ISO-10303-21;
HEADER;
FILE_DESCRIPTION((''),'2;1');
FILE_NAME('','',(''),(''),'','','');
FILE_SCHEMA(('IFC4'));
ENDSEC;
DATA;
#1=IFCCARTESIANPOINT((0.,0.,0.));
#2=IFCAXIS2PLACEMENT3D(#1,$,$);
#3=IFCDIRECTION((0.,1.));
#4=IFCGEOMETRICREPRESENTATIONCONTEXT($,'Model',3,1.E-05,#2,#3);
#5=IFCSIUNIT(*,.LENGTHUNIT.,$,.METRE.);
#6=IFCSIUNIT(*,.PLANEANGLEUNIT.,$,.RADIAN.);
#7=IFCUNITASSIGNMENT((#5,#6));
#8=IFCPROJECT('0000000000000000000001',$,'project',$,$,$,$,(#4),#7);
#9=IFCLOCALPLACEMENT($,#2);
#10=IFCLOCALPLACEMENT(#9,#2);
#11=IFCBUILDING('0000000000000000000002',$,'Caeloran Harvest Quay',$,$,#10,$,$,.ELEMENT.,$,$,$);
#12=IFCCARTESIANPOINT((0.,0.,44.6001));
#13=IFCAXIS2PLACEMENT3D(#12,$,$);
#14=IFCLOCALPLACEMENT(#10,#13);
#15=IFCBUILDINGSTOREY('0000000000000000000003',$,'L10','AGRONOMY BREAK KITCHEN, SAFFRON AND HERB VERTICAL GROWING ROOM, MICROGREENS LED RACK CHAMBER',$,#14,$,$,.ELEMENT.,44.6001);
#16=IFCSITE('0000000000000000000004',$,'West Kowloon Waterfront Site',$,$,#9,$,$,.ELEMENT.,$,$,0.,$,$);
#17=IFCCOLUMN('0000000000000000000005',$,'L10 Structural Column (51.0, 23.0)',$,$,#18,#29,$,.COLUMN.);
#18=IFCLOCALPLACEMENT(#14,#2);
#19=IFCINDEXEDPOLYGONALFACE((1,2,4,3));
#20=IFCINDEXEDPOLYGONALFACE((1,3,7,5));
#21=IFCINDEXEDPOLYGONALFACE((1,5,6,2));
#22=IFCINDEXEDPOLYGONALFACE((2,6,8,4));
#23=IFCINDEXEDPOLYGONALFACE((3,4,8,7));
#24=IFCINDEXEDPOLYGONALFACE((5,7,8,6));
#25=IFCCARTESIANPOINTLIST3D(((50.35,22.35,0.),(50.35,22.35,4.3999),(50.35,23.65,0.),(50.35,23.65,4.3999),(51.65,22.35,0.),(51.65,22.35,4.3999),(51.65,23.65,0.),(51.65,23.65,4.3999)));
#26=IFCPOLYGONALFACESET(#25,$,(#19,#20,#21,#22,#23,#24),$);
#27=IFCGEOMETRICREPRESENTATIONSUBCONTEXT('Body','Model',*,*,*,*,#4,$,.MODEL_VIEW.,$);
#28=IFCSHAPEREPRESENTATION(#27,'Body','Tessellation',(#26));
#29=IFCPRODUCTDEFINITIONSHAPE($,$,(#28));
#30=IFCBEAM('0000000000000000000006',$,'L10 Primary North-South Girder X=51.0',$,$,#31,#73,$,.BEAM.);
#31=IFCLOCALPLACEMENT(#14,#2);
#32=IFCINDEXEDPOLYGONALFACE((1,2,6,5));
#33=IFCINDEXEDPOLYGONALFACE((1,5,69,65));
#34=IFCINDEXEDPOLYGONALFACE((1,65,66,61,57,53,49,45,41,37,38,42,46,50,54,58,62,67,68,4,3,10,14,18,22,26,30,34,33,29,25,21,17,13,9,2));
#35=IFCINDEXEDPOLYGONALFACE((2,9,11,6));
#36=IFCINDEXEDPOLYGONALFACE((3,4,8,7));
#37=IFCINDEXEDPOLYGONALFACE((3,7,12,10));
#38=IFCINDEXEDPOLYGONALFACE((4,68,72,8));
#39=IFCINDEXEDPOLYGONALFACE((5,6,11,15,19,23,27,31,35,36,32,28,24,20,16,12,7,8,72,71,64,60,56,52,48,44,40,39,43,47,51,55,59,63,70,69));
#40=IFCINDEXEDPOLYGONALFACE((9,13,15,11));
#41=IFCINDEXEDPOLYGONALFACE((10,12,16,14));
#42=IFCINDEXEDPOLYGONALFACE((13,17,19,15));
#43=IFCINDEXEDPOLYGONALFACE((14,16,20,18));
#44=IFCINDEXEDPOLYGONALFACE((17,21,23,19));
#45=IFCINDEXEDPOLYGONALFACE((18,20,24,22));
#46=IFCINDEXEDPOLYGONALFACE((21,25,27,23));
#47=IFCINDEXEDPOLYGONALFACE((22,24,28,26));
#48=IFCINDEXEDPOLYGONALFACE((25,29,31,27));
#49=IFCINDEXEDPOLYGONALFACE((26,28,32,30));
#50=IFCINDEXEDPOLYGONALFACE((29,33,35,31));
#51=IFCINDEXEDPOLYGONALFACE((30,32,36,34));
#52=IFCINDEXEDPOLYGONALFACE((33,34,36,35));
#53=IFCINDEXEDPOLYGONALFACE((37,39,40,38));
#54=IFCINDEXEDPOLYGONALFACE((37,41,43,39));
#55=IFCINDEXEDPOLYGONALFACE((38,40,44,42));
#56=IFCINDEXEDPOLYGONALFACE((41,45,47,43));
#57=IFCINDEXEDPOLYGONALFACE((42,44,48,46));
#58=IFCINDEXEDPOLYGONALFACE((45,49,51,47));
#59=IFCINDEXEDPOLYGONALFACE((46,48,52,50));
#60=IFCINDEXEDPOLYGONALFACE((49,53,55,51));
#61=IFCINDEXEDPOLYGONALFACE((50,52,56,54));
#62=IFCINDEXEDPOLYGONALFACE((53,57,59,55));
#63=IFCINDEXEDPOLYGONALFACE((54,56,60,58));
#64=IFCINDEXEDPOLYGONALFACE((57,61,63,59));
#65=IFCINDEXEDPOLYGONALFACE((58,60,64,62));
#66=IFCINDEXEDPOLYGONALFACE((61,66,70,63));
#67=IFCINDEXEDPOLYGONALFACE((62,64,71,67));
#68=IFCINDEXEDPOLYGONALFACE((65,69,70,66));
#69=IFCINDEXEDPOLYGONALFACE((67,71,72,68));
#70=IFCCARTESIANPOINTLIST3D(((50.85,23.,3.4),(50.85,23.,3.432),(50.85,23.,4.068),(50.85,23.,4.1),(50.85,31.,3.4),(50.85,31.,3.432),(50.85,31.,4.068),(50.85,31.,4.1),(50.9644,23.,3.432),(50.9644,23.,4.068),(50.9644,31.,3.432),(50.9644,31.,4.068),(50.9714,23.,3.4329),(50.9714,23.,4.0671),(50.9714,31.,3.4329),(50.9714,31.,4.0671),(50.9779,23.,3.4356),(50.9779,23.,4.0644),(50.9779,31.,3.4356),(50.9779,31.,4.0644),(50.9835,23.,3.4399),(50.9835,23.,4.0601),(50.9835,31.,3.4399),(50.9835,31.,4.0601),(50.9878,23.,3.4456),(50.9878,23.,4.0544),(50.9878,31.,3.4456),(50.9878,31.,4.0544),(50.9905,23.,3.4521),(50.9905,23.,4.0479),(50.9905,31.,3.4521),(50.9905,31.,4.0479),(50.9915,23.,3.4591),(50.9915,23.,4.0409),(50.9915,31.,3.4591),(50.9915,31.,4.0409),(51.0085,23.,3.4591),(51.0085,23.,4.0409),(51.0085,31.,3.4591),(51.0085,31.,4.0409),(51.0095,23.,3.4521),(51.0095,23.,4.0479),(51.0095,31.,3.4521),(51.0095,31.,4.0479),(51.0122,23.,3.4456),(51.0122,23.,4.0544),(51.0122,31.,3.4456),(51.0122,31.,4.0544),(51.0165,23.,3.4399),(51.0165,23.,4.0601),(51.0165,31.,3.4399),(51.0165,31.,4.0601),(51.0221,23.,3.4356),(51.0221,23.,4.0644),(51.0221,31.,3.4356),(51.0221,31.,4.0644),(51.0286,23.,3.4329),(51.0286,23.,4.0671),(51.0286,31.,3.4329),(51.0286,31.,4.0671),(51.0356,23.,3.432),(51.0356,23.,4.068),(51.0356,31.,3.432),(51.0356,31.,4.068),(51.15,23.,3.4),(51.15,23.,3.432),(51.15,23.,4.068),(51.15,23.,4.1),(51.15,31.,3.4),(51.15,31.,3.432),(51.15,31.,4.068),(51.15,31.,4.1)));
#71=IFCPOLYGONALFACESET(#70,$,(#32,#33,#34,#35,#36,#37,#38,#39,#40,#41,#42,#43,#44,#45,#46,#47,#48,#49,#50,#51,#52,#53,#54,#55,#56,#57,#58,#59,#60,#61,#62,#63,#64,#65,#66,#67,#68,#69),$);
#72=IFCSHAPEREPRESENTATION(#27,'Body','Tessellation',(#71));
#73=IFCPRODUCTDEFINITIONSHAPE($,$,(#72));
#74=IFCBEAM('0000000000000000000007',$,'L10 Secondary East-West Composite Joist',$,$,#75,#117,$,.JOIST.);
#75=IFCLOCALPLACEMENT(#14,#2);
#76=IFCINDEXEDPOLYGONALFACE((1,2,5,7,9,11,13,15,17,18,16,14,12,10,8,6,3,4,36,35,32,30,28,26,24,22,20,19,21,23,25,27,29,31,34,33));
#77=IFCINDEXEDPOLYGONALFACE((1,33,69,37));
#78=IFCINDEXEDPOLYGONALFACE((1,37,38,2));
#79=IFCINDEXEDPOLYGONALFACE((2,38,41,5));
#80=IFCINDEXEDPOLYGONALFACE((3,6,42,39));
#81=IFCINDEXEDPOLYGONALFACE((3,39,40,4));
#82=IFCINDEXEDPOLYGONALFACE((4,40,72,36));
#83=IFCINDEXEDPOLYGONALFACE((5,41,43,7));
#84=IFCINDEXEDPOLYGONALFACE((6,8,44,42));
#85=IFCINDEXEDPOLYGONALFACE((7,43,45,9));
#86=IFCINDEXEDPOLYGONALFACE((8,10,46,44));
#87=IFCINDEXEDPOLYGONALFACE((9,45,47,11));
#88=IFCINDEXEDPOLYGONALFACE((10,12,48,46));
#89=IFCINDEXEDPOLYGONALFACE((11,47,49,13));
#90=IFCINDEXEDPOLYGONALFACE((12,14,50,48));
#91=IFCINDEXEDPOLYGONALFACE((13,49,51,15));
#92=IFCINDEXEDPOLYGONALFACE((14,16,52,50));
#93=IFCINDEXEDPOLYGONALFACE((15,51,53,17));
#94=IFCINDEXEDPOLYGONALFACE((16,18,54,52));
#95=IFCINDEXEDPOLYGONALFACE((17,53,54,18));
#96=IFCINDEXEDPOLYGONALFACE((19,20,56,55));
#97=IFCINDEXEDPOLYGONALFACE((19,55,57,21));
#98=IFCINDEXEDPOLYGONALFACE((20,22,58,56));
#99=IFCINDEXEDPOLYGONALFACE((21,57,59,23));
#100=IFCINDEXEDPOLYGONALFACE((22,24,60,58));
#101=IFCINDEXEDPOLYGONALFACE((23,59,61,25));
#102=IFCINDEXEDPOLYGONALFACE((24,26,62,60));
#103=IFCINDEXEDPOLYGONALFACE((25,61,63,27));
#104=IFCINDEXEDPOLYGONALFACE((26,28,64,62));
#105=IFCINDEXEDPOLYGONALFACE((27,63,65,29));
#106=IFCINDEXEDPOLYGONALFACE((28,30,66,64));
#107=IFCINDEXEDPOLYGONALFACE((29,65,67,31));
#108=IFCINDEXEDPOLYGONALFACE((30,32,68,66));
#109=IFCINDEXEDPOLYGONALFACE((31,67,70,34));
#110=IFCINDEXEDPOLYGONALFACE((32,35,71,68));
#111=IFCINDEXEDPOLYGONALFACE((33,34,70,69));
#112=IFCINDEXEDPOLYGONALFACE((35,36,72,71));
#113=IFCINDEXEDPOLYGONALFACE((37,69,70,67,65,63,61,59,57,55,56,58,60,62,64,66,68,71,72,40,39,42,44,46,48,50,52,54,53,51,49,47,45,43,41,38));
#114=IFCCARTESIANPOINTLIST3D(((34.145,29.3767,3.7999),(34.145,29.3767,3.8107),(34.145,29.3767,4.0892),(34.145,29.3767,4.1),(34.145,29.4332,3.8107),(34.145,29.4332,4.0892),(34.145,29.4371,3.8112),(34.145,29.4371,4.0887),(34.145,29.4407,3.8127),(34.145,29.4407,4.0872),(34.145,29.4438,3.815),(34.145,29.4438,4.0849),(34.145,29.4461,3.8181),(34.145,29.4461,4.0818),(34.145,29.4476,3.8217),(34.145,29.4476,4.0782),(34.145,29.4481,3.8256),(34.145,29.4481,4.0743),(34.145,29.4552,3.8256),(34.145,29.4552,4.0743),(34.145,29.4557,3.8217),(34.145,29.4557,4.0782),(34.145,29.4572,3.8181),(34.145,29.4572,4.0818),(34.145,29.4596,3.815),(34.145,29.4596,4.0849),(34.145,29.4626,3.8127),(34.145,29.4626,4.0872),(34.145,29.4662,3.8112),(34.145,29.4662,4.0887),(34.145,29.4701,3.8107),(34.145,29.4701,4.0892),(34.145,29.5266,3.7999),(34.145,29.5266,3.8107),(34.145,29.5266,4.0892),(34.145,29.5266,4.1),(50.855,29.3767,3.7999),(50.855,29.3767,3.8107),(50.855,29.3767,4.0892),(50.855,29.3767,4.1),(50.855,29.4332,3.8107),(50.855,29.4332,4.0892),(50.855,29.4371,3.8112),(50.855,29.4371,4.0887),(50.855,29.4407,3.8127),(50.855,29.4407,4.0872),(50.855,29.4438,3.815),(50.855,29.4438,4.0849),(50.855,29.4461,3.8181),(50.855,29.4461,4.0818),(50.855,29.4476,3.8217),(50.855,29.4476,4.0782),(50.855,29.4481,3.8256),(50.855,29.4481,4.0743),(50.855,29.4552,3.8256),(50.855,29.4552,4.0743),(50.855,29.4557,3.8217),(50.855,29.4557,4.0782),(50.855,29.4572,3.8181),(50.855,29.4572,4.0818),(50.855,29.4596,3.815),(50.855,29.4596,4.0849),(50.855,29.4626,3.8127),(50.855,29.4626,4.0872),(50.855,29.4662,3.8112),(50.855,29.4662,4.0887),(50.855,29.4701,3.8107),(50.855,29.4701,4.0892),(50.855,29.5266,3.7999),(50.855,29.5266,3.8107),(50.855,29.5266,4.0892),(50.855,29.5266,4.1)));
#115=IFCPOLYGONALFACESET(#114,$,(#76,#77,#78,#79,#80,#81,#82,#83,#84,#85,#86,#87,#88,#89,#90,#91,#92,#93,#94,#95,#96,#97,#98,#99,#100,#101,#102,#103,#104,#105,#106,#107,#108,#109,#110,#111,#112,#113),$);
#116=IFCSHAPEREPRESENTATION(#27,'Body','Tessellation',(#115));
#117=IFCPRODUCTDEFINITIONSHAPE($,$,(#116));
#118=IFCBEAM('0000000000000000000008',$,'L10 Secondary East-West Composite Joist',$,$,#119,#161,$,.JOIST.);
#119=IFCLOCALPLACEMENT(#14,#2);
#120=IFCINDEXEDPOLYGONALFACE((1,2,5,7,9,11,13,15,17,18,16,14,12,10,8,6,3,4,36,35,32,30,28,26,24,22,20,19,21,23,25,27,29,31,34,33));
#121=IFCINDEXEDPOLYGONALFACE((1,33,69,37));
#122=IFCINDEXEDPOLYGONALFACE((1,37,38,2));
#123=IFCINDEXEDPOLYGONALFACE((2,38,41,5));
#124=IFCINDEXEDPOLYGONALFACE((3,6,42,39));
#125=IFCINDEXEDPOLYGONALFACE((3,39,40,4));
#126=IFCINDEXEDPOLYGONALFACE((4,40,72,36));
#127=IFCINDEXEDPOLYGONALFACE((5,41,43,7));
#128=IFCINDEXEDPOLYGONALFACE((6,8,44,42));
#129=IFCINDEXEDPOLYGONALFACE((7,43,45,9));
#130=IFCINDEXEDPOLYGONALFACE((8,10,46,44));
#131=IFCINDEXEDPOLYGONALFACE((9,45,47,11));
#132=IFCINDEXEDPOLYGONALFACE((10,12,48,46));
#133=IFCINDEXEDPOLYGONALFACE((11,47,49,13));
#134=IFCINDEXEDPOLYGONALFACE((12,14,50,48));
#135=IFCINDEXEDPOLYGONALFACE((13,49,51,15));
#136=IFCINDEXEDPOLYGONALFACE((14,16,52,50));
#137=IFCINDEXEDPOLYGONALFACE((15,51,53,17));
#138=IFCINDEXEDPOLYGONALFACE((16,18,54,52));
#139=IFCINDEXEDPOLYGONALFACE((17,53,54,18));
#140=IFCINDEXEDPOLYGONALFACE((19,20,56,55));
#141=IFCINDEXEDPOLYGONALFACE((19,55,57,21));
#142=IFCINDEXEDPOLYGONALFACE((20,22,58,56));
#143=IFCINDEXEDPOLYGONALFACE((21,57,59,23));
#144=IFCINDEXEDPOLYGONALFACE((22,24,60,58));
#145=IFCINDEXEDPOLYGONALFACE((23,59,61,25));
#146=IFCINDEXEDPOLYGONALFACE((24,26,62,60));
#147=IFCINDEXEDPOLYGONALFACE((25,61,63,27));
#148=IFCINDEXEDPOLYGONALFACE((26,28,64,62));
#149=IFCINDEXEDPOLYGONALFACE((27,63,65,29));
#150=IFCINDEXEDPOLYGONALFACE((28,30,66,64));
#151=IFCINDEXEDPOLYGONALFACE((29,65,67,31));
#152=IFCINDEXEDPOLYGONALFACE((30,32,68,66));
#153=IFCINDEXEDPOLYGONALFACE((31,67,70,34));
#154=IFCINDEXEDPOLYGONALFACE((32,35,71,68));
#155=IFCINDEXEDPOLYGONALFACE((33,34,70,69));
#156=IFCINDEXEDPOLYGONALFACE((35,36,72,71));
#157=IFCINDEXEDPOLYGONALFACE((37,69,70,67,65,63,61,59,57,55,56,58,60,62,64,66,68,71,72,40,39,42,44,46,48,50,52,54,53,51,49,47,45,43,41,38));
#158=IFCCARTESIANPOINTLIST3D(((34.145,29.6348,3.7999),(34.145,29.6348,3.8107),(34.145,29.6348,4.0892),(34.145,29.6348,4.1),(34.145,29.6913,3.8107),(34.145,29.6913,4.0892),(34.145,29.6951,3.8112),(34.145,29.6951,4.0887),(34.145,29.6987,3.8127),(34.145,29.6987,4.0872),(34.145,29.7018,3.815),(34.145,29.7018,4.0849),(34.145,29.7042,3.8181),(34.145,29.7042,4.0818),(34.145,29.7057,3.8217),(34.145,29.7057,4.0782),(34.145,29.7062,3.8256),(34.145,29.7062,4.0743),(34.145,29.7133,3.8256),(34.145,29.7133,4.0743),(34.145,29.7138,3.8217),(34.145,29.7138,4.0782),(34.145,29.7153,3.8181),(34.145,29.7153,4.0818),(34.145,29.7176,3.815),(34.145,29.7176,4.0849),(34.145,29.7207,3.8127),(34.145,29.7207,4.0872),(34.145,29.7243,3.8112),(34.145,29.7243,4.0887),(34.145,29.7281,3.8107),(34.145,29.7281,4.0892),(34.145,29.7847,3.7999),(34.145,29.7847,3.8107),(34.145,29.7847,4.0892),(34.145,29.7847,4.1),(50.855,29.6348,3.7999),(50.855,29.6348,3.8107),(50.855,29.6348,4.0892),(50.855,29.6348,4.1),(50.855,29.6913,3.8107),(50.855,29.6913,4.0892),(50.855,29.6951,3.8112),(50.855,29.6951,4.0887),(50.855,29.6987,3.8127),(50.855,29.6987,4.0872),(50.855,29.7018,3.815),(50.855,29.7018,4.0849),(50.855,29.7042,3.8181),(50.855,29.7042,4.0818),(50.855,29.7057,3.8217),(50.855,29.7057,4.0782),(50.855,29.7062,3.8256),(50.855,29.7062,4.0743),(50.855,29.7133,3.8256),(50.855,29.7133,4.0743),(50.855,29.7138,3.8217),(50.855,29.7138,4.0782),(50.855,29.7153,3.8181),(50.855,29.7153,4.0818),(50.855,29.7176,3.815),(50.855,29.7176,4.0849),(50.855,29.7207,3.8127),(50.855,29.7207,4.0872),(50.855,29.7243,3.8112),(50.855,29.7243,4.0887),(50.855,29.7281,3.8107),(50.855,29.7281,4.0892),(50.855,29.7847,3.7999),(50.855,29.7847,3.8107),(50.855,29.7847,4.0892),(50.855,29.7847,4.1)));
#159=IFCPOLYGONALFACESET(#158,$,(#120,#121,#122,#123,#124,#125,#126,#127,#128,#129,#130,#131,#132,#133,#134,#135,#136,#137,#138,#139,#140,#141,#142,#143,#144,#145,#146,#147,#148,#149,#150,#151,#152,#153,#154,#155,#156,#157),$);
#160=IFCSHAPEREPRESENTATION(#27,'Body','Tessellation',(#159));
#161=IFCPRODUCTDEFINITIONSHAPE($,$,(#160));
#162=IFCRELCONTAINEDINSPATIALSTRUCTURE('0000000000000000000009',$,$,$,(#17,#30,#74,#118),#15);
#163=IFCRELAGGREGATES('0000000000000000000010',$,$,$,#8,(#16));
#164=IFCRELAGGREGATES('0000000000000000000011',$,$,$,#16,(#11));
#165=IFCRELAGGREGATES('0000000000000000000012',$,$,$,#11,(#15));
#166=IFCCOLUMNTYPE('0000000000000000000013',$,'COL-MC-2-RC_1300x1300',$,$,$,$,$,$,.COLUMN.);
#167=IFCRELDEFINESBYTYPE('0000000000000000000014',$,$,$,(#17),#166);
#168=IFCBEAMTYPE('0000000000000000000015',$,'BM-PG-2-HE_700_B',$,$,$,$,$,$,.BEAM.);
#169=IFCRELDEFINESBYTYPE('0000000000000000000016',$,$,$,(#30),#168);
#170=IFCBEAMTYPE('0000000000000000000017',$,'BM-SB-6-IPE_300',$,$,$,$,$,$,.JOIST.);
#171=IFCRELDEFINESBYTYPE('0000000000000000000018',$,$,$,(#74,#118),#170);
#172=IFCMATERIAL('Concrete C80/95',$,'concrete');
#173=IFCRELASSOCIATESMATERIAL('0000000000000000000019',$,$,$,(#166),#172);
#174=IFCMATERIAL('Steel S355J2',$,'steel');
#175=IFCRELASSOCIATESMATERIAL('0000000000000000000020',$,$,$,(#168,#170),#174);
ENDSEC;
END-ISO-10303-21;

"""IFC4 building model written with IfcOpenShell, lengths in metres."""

from ifc_helpers import new_model, si_unit, direction, frame, origin, origin_2d, place, context, subcontext, project, spatial, rectangle, i_section, extrude, material, material_profile, profile_set, type_object, element, save


model = new_model("IFC4")

# Units and contexts
model_context = context("Model", 3, precision=1e-05, world=origin(), true_north=direction((0.0, 1.0)))
body_context = subcontext(model_context, "Body", "Model", "MODEL_VIEW")
ifc_project = project(units=[si_unit("LENGTHUNIT", "METRE"), si_unit("PLANEANGLEUNIT", "RADIAN")], contexts=[model_context])

# Site, building, storey
site_placement = place(None, origin())
site = spatial("IfcSite", under=ifc_project, at=site_placement, Name="West Kowloon Waterfront Site", CompositionType="ELEMENT", RefElevation=0.0)
building_placement = place(site_placement, origin())
building = spatial("IfcBuilding", under=site, at=building_placement, Name="Caeloran Harvest Quay", CompositionType="ELEMENT")
storey_placement = place(building_placement, frame((0.0, 0.0, 44.6001)))
storey = spatial("IfcBuildingStorey", under=building, at=storey_placement, Name="L10", Description="AGRONOMY BREAK KITCHEN, SAFFRON AND HERB VERTICAL GROWING ROOM, MICROGREENS LED RACK CHAMBER", CompositionType="ELEMENT", Elevation=44.6001)

# Column
ifc_material_1 = material(Name="Concrete C80/95", Category="concrete")
ifc_material_profile_1 = material_profile(ifc_material_1, rectangle(XDim=1.3, YDim=1.3, at=origin_2d()), Name="RC 1300x1300")
ifc_profile_set_1 = profile_set([ifc_material_profile_1], Name="Concrete C80/95")
column_type = type_object("IfcColumnType", Name="COL-MC-2-RC_1300x1300", PredefinedType="COLUMN", material=ifc_profile_set_1)
column_placement = place(storey_placement, frame((51.0, 23.0, 0.0), z_axis=(0.0, 0.0, 1.0), x_axis=(1.0, 0.0, 0.0)))
element("IfcColumn", 1, at=column_placement, inside=storey, type_object=column_type, Name="L10 Structural Column (51.0, 23.0)", PredefinedType="COLUMN", context=body_context, shape_type="SweptSolid", body=[
    extrude(rectangle(XDim=1.3, YDim=1.3, at=origin_2d()), origin(), (0.0, 0.0, 1.0), 4.3999),
])

# Beams
ifc_material_2 = material(Name="Steel S355J2", Category="steel")
ifc_material_profile_2 = material_profile(ifc_material_2, i_section(OverallWidth=0.3, OverallDepth=0.7, WebThickness=0.0171, FlangeThickness=0.032, FilletRadius=0.0271, at=origin_2d()), Name="HE 700 B")
ifc_profile_set_2 = profile_set([ifc_material_profile_2], Name="Steel S355J2")
beam_type_1 = type_object("IfcBeamType", Name="BM-PG-2-HE_700_B", PredefinedType="BEAM", material=ifc_profile_set_2)
beam_placement = place(storey_placement, frame((51.0, 23.0, 3.75), z_axis=(0.0, 1.0, 0.0), x_axis=(-1.0, 0.0, 0.0)))
element("IfcBeam", 2, at=beam_placement, inside=storey, type_object=beam_type_1, Name="L10 Primary North-South Girder X=51.0", PredefinedType="BEAM", context=body_context, shape_type="SweptSolid", body=[
    extrude(i_section(OverallWidth=0.3, OverallDepth=0.7, WebThickness=0.0171, FlangeThickness=0.032, FilletRadius=0.0271, at=origin_2d()), origin(), (0.0, 0.0, 1.0), 8.0),
])
ifc_material_profile_3 = material_profile(ifc_material_2, i_section(OverallWidth=0.1499, OverallDepth=0.3, WebThickness=0.0071, FlangeThickness=0.0107, FilletRadius=0.0149, at=origin_2d()), Name="IPE 300")
ifc_profile_set_3 = profile_set([ifc_material_profile_3], Name="Steel S355J2")
beam_type_2 = type_object("IfcBeamType", Name="BM-SB-6-IPE_300", PredefinedType="JOIST", material=ifc_profile_set_3)
for number, where, z_axis, x_axis, name in (
    (3, (34.145, 29.4517, 3.95), (1.0, 0.0, 0.0), (0.0, 1.0, 0.0), "L10 Secondary East-West Composite Joist"),
    (4, (34.145, 29.7097, 3.95), (1.0, 0.0, 0.0), (0.0, 1.0, 0.0), "L10 Secondary East-West Composite Joist"),
):
    element("IfcBeam", number, at=place(storey_placement, frame(where, z_axis=z_axis, x_axis=x_axis)), inside=storey, type_object=beam_type_2, Name=name, PredefinedType="JOIST", context=body_context, shape_type="SweptSolid", body=[
        extrude(i_section(OverallWidth=0.1499, OverallDepth=0.3, WebThickness=0.0071, FlangeThickness=0.0107, FilletRadius=0.0149, at=origin_2d()), origin(), (0.0, 0.0, 1.0), 16.71),
    ])

save(model, "model.ifc")
